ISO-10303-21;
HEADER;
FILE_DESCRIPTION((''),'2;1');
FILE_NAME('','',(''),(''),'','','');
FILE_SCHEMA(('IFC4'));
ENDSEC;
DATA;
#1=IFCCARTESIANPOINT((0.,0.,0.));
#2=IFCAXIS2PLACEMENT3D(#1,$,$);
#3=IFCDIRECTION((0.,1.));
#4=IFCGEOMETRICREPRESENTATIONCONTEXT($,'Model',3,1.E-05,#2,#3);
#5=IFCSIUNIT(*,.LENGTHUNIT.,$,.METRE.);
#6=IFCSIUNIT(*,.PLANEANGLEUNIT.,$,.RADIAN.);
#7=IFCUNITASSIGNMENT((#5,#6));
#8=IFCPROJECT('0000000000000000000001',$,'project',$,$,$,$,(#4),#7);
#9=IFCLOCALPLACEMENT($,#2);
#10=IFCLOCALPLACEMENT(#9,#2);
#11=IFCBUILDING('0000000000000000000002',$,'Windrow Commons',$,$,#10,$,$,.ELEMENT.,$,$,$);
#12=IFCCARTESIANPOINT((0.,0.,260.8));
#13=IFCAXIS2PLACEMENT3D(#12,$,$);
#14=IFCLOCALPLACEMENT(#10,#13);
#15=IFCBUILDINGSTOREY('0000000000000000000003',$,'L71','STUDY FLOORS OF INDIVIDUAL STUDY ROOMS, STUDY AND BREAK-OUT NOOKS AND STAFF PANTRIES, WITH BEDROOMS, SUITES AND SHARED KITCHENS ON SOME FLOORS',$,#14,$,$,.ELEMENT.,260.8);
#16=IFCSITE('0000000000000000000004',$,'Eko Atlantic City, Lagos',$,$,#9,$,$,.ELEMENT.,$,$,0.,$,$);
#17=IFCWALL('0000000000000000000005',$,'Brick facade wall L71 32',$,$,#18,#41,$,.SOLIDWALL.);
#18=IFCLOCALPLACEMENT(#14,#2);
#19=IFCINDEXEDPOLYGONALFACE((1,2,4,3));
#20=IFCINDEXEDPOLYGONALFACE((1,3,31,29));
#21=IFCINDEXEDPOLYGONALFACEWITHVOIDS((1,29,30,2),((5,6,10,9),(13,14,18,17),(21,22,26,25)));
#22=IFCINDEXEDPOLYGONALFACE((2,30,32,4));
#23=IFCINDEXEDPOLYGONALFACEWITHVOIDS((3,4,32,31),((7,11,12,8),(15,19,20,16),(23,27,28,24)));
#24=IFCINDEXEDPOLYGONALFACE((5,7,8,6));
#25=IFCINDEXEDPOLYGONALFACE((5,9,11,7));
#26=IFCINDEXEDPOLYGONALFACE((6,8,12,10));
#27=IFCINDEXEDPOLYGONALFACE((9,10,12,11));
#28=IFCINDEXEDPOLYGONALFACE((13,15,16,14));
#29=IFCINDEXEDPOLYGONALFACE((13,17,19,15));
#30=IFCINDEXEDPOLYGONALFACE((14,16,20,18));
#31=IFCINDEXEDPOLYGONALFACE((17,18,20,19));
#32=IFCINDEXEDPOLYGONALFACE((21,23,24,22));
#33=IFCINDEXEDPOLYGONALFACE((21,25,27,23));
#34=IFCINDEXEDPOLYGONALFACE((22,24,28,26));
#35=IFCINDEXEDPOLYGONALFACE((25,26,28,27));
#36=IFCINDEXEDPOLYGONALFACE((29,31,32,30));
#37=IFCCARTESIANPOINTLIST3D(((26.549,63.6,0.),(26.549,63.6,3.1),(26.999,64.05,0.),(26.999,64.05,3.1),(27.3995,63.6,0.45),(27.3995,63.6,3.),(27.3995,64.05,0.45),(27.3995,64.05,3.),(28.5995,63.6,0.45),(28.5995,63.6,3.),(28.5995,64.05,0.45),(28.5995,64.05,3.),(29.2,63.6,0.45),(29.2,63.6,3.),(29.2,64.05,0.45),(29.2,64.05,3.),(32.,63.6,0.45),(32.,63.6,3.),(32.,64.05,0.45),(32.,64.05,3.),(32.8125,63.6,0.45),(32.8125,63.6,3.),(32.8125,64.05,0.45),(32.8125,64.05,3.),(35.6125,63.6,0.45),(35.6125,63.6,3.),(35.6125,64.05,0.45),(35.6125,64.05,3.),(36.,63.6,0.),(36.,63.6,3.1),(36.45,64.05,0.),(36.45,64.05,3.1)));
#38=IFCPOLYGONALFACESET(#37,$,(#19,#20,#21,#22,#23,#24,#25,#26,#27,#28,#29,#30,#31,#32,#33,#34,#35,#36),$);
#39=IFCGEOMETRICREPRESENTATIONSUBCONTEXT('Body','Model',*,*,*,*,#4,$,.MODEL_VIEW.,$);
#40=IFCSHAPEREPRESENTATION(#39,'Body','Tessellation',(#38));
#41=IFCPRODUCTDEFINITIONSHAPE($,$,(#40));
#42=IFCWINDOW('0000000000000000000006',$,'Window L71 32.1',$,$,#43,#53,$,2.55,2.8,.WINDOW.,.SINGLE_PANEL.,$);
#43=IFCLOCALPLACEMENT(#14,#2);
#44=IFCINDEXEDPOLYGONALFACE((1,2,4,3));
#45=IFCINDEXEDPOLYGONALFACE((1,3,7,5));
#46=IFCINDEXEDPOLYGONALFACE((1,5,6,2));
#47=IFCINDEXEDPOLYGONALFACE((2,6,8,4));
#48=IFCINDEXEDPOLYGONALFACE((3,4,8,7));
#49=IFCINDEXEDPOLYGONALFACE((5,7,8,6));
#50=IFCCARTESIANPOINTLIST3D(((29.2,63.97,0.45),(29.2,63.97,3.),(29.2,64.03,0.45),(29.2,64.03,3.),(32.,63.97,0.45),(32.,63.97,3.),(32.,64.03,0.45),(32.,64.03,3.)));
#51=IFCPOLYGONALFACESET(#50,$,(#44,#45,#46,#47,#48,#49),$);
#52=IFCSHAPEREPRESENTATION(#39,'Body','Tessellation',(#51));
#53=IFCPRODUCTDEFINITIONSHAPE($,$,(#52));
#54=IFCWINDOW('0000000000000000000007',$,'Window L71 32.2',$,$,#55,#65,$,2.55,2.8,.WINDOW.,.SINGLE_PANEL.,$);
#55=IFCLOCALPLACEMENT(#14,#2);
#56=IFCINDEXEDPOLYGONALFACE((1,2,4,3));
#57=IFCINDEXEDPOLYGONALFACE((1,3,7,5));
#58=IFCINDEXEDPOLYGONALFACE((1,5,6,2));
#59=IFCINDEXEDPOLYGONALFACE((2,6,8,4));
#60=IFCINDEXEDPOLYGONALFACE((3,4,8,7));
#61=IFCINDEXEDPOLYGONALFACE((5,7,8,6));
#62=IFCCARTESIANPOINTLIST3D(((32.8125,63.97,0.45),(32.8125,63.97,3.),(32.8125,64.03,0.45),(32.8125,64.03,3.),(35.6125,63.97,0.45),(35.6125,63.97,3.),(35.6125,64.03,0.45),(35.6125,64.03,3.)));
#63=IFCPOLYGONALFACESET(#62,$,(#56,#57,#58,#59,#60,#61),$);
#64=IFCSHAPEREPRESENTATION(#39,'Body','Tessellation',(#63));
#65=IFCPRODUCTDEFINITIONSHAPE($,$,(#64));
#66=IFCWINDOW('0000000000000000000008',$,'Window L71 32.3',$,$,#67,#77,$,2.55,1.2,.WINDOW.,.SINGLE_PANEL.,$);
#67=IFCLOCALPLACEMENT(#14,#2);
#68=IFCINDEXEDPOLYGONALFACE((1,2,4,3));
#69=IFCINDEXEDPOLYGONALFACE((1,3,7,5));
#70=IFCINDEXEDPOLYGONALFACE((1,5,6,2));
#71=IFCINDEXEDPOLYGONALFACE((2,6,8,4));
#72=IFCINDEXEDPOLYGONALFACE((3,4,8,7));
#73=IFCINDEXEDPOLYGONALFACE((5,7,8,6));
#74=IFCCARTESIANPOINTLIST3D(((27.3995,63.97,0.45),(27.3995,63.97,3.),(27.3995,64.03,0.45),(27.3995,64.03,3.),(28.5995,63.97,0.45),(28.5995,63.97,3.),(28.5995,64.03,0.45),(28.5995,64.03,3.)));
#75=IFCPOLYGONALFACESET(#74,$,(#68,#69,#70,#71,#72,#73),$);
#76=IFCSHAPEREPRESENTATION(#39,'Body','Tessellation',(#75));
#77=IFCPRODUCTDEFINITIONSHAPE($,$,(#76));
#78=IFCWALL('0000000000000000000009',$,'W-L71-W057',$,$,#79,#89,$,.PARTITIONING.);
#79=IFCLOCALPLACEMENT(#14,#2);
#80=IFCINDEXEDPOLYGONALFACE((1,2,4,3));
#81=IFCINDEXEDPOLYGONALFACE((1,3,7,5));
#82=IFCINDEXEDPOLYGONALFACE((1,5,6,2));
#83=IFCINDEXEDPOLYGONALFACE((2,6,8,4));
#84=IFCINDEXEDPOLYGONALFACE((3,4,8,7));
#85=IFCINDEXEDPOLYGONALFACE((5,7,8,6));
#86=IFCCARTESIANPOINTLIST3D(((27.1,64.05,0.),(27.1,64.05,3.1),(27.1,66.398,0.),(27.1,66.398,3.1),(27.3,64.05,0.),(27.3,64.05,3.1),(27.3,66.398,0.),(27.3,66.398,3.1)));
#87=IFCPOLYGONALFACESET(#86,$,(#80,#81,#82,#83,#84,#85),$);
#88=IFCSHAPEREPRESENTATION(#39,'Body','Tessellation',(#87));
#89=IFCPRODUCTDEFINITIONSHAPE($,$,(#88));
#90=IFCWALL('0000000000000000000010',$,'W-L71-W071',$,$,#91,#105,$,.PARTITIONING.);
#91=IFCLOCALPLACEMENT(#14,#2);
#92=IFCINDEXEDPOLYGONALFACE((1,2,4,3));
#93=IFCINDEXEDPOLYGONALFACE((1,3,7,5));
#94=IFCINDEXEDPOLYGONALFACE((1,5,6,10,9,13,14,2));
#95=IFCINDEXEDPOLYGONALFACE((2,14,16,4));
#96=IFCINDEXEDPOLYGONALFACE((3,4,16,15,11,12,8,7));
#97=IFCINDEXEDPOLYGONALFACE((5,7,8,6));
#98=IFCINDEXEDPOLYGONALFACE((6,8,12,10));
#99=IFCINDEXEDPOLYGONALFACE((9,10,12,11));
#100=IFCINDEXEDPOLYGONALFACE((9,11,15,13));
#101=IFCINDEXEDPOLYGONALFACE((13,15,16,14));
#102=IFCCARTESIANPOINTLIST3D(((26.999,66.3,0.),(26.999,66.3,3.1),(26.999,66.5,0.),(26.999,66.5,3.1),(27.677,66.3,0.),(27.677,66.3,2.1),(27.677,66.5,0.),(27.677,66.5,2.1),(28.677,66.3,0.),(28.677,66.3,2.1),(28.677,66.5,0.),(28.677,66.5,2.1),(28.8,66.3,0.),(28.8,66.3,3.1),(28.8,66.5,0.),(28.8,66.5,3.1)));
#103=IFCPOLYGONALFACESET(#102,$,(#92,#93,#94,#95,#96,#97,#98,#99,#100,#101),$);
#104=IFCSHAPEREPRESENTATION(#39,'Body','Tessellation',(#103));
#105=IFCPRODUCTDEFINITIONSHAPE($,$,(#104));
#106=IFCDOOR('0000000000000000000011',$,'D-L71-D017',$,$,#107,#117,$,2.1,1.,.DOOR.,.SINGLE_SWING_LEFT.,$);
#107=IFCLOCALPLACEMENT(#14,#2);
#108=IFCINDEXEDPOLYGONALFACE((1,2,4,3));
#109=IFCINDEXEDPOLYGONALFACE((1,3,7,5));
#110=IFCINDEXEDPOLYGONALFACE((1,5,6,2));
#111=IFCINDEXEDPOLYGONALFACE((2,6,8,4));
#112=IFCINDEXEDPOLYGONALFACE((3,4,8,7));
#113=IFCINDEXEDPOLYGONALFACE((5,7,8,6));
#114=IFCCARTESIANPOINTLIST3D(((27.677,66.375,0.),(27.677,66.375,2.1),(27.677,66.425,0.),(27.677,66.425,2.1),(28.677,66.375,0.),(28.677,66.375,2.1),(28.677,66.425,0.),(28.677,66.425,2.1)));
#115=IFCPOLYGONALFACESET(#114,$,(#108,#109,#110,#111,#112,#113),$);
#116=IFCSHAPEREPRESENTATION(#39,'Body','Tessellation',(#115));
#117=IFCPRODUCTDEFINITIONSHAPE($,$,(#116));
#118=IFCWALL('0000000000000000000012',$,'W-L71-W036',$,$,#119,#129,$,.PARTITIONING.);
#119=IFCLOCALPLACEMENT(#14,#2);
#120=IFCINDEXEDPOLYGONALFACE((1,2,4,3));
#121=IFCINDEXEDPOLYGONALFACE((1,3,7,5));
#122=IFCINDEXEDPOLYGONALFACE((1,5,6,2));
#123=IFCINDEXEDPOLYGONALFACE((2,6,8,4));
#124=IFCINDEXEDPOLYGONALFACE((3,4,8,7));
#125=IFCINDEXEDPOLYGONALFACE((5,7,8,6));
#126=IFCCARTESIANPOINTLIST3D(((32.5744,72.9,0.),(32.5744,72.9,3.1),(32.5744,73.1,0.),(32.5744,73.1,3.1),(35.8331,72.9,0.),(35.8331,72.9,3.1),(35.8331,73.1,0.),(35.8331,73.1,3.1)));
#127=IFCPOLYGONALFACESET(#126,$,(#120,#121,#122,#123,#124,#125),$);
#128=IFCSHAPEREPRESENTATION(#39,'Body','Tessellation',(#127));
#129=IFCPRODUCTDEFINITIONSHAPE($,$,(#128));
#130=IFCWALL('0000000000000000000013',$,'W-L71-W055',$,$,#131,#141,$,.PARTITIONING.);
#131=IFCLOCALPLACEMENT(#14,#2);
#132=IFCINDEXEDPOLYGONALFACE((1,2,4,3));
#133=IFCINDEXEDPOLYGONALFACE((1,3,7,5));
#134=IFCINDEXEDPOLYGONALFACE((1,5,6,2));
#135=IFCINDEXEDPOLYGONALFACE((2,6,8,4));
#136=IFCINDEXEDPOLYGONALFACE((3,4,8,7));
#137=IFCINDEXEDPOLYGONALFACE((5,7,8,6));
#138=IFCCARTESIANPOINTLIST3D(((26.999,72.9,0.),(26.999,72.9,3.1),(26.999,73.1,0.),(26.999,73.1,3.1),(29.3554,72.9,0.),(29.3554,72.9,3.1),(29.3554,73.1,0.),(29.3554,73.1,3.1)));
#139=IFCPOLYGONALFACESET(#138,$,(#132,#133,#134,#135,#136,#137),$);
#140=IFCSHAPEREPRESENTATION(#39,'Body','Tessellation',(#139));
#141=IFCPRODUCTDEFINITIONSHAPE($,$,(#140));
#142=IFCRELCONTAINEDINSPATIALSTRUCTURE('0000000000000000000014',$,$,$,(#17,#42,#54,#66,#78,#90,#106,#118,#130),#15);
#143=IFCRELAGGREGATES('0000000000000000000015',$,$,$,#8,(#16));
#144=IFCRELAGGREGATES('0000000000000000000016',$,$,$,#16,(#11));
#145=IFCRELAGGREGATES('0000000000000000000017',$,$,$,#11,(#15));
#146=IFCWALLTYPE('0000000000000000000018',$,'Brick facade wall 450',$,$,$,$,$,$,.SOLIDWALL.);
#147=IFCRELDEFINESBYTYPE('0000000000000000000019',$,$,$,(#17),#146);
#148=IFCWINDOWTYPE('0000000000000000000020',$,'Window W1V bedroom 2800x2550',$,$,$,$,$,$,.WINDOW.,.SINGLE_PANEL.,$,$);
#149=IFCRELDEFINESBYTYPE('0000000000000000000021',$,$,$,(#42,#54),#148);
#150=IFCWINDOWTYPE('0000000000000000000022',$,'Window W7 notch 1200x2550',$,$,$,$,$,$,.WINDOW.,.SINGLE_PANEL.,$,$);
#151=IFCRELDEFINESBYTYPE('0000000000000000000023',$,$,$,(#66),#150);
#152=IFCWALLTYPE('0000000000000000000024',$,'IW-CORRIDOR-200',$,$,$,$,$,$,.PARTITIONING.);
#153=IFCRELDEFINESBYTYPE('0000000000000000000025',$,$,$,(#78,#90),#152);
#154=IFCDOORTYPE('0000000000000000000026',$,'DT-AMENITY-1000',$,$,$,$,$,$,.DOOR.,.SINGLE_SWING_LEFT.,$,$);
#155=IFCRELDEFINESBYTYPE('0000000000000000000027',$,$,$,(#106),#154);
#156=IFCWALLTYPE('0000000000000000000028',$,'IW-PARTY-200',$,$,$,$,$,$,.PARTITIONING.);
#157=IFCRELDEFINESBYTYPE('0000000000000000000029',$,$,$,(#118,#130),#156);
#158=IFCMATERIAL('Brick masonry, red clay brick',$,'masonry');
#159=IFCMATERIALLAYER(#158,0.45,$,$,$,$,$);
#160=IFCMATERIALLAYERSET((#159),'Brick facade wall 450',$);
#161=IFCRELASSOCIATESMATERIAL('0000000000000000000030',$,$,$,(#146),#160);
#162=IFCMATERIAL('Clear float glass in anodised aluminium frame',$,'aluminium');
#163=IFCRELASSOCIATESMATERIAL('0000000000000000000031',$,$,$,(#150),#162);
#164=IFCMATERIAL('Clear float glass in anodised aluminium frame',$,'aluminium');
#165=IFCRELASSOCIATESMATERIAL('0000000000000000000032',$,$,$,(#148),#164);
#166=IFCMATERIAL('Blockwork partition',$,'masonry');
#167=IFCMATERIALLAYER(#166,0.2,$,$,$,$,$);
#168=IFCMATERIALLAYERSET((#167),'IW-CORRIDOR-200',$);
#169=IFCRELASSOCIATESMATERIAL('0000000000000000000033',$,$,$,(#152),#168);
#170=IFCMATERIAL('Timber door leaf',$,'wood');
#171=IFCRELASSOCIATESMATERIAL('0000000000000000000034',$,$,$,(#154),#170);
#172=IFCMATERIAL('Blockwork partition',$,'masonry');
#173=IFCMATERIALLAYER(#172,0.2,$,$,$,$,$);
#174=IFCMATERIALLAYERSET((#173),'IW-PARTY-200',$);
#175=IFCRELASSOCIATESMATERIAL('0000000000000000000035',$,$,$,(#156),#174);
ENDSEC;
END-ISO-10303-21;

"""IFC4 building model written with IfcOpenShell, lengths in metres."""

from ifc_helpers import new_model, si_unit, direction, frame, frame_2d, origin, place, context, subcontext, project, spatial, polyline, rectangle, outline, extrude, material, layer, layer_set, type_object, element, fill, save


model = new_model("IFC4")

# Units and contexts
model_context = context("Model", 3, precision=1e-05, world=origin(), true_north=direction((0.0, 1.0)))
body_context = subcontext(model_context, "Body", "Model", "MODEL_VIEW")
ifc_project = project(units=[si_unit("LENGTHUNIT", "METRE"), si_unit("PLANEANGLEUNIT", "RADIAN")], contexts=[model_context])

# Site, building, storey
site_placement = place(None, origin())
site = spatial("IfcSite", under=ifc_project, at=site_placement, Name="Eko Atlantic City, Lagos", CompositionType="ELEMENT", RefElevation=0.0)
building_placement = place(site_placement, origin())
building = spatial("IfcBuilding", under=site, at=building_placement, Name="Windrow Commons", CompositionType="ELEMENT")
storey_placement = place(building_placement, frame((0.0, 0.0, 260.8)))
storey = spatial("IfcBuildingStorey", under=building, at=storey_placement, Name="L71", Description="STUDY FLOORS OF INDIVIDUAL STUDY ROOMS, STUDY AND BREAK-OUT NOOKS AND STAFF PANTRIES, WITH BEDROOMS, SUITES AND SHARED KITCHENS ON SOME FLOORS", CompositionType="ELEMENT", Elevation=260.8)

# Shared definitions
ifc_material_1 = material(Name="Brick masonry, red clay brick", Category="masonry")
ifc_layer_1 = layer(ifc_material_1, 0.45)
ifc_layer_set_1 = layer_set([ifc_layer_1], Name="Brick facade wall 450")
wall_type_1 = type_object("IfcWallType", Name="Brick facade wall 450", PredefinedType="SOLIDWALL", material=ifc_layer_set_1)
ifc_material_2 = material(Name="Clear float glass in anodised aluminium frame", Category="aluminium")
window_type_1 = type_object("IfcWindowType", Name="Window W7 notch 1200x2550", PartitioningType="SINGLE_PANEL", PredefinedType="WINDOW", material=ifc_material_2)

# Wall, openings, windows
ifc_material_3 = material(Name="Clear float glass in anodised aluminium frame", Category="aluminium")
window_type_2 = type_object("IfcWindowType", Name="Window W1V bedroom 2800x2550", PartitioningType="SINGLE_PANEL", PredefinedType="WINDOW", material=ifc_material_3)
wall_1_placement = place(storey_placement, frame((26.774, 63.825, 0.0), z_axis=(0.0, 0.0, 1.0), x_axis=(1.0, 0.0, 0.0)))
wall_1 = element("IfcWall", 1, at=wall_1_placement, inside=storey, type_object=wall_type_1, Name="Brick facade wall L71 32", PredefinedType="SOLIDWALL", context=body_context, shape_type="SweptSolid", body=[
    extrude(outline(polyline([(-0.225, -0.225), (9.226, -0.225), (9.676, 0.225), (0.225, 0.225), (-0.225, -0.225)])), origin(), (0.0, 0.0, 1.0), 3.1),
])
opening_1_placement = place(wall_1_placement, frame((2.426, 0.0, 0.45)))
opening_1 = element("IfcOpeningElement", 2, at=opening_1_placement, cuts=wall_1, PredefinedType="OPENING", context=body_context, shape_type="SweptSolid", body=[
    extrude(rectangle(XDim=2.8, YDim=2.55, at=frame_2d((1.4, 1.275))), frame((0.0, 0.235, 0.0), z_axis=(0.0, -1.0, 0.0), x_axis=(1.0, 0.0, 0.0)), (0.0, 0.0, 1.0), 0.47),
])
opening_2_placement = place(wall_1_placement, frame((6.0385, 0.0, 0.45)))
opening_2 = element("IfcOpeningElement", 3, at=opening_2_placement, cuts=wall_1, PredefinedType="OPENING", context=body_context, shape_type="SweptSolid", body=[
    extrude(rectangle(XDim=2.8, YDim=2.55, at=frame_2d((1.4, 1.275))), frame((0.0, 0.235, 0.0), z_axis=(0.0, -1.0, 0.0), x_axis=(1.0, 0.0, 0.0)), (0.0, 0.0, 1.0), 0.47),
])
opening_3_placement = place(wall_1_placement, frame((0.6255, 0.0, 0.45)))
opening_3 = element("IfcOpeningElement", 4, at=opening_3_placement, cuts=wall_1, PredefinedType="OPENING", context=body_context, shape_type="SweptSolid", body=[
    extrude(rectangle(XDim=1.2, YDim=2.55, at=frame_2d((0.6, 1.275))), frame((0.0, 0.235, 0.0), z_axis=(0.0, -1.0, 0.0), x_axis=(1.0, 0.0, 0.0)), (0.0, 0.0, 1.0), 0.47),
])
window_1_placement = place(opening_1_placement, origin())
window_1 = element("IfcWindow", 5, at=window_1_placement, inside=storey, type_object=window_type_2, Name="Window L71 32.1", OverallHeight=2.55, OverallWidth=2.8, PartitioningType="SINGLE_PANEL", PredefinedType="WINDOW", context=body_context, shape_type="SweptSolid", body=[
    extrude(rectangle(XDim=2.8, YDim=2.55, at=frame_2d((1.4, 1.275))), frame((0.0, 0.205, 0.0), z_axis=(0.0, -1.0, 0.0), x_axis=(1.0, 0.0, 0.0)), (0.0, 0.0, 1.0), 0.06),
])
fill(opening_1, window_1)
window_2_placement = place(opening_2_placement, origin())
window_2 = element("IfcWindow", 6, at=window_2_placement, inside=storey, type_object=window_type_2, Name="Window L71 32.2", OverallHeight=2.55, OverallWidth=2.8, PartitioningType="SINGLE_PANEL", PredefinedType="WINDOW", context=body_context, shape_type="SweptSolid", body=[
    extrude(rectangle(XDim=2.8, YDim=2.55, at=frame_2d((1.4, 1.275))), frame((0.0, 0.205, 0.0), z_axis=(0.0, -1.0, 0.0), x_axis=(1.0, 0.0, 0.0)), (0.0, 0.0, 1.0), 0.06),
])
fill(opening_2, window_2)
window_3_placement = place(opening_3_placement, origin())
window_3 = element("IfcWindow", 7, at=window_3_placement, inside=storey, type_object=window_type_1, Name="Window L71 32.3", OverallHeight=2.55, OverallWidth=1.2, PartitioningType="SINGLE_PANEL", PredefinedType="WINDOW", context=body_context, shape_type="SweptSolid", body=[
    extrude(rectangle(XDim=1.2, YDim=2.55, at=frame_2d((0.6, 1.275))), frame((0.0, 0.205, 0.0), z_axis=(0.0, -1.0, 0.0), x_axis=(1.0, 0.0, 0.0)), (0.0, 0.0, 1.0), 0.06),
])
fill(opening_3, window_3)

# Wall
ifc_material_4 = material(Name="Blockwork partition", Category="masonry")
ifc_layer_2 = layer(ifc_material_4, 0.2)
ifc_layer_set_2 = layer_set([ifc_layer_2], Name="IW-CORRIDOR-200")
wall_type_2 = type_object("IfcWallType", Name="IW-CORRIDOR-200", PredefinedType="PARTITIONING", material=ifc_layer_set_2)
wall_2_placement = place(storey_placement, frame((27.2, 64.05, 0.0), z_axis=(0.0, 0.0, 1.0), x_axis=(0.0, 1.0, 0.0)))
element("IfcWall", 8, at=wall_2_placement, inside=storey, type_object=wall_type_2, Name="W-L71-W057", PredefinedType="PARTITIONING", context=body_context, shape_type="SweptSolid", body=[
    extrude(rectangle(XDim=2.348, YDim=0.2, at=frame_2d((1.174, 0.0))), origin(), (0.0, 0.0, 1.0), 3.1),
])

# Wall, opening, door
wall_3_placement = place(storey_placement, frame((26.999, 66.4, 0.0), z_axis=(0.0, 0.0, 1.0), x_axis=(1.0, 0.0, 0.0)))
wall_3 = element("IfcWall", 9, at=wall_3_placement, inside=storey, type_object=wall_type_2, Name="W-L71-W071", PredefinedType="PARTITIONING", context=body_context, shape_type="SweptSolid", body=[
    extrude(rectangle(XDim=1.801, YDim=0.2, at=frame_2d((0.9005, 0.0))), origin(), (0.0, 0.0, 1.0), 3.1),
])
opening_4_placement = place(wall_3_placement, frame((0.678, 0.0, 0.0)))
opening_4 = element("IfcOpeningElement", 10, at=opening_4_placement, cuts=wall_3, PredefinedType="OPENING", context=body_context, shape_type="SweptSolid", body=[
    extrude(rectangle(XDim=1.0, YDim=2.1, at=frame_2d((0.5, 1.05))), frame((0.0, 0.11, 0.0), z_axis=(0.0, -1.0, 0.0), x_axis=(1.0, 0.0, 0.0)), (0.0, 0.0, 1.0), 0.22),
])
ifc_material_5 = material(Name="Timber door leaf", Category="wood")
door_type_1 = type_object("IfcDoorType", Name="DT-AMENITY-1000", OperationType="SINGLE_SWING_LEFT", PredefinedType="DOOR", material=ifc_material_5)
door_1_placement = place(opening_4_placement, origin())
door_1 = element("IfcDoor", 11, at=door_1_placement, inside=storey, type_object=door_type_1, Name="D-L71-D017", OperationType="SINGLE_SWING_LEFT", OverallHeight=2.1, OverallWidth=1.0, PredefinedType="DOOR", context=body_context, shape_type="SweptSolid", body=[
    extrude(rectangle(XDim=1.0, YDim=2.1, at=frame_2d((0.5, 1.05))), frame((0.0, 0.025, 0.0), z_axis=(0.0, -1.0, 0.0), x_axis=(1.0, 0.0, 0.0)), (0.0, 0.0, 1.0), 0.05),
])
fill(opening_4, door_1)

# Walls
ifc_material_6 = material(Name="Blockwork partition", Category="masonry")
ifc_layer_3 = layer(ifc_material_6, 0.2)
ifc_layer_set_3 = layer_set([ifc_layer_3], Name="IW-PARTY-200")
wall_type_3 = type_object("IfcWallType", Name="IW-PARTY-200", PredefinedType="PARTITIONING", material=ifc_layer_set_3)
wall_4_placement = place(storey_placement, frame((32.5744, 73.0, 0.0), z_axis=(0.0, 0.0, 1.0), x_axis=(1.0, 0.0, 0.0)))
element("IfcWall", 12, at=wall_4_placement, inside=storey, type_object=wall_type_3, Name="W-L71-W036", PredefinedType="PARTITIONING", context=body_context, shape_type="SweptSolid", body=[
    extrude(rectangle(XDim=3.2587, YDim=0.2, at=frame_2d((1.6294, 0.0))), origin(), (0.0, 0.0, 1.0), 3.1),
])
wall_5_placement = place(storey_placement, frame((26.999, 73.0, 0.0), z_axis=(0.0, 0.0, 1.0), x_axis=(1.0, 0.0, 0.0)))
element("IfcWall", 13, at=wall_5_placement, inside=storey, type_object=wall_type_3, Name="W-L71-W055", PredefinedType="PARTITIONING", context=body_context, shape_type="SweptSolid", body=[
    extrude(rectangle(XDim=2.3563, YDim=0.2, at=frame_2d((1.1782, 0.0))), origin(), (0.0, 0.0, 1.0), 3.1),
])

save(model, "model.ifc")
